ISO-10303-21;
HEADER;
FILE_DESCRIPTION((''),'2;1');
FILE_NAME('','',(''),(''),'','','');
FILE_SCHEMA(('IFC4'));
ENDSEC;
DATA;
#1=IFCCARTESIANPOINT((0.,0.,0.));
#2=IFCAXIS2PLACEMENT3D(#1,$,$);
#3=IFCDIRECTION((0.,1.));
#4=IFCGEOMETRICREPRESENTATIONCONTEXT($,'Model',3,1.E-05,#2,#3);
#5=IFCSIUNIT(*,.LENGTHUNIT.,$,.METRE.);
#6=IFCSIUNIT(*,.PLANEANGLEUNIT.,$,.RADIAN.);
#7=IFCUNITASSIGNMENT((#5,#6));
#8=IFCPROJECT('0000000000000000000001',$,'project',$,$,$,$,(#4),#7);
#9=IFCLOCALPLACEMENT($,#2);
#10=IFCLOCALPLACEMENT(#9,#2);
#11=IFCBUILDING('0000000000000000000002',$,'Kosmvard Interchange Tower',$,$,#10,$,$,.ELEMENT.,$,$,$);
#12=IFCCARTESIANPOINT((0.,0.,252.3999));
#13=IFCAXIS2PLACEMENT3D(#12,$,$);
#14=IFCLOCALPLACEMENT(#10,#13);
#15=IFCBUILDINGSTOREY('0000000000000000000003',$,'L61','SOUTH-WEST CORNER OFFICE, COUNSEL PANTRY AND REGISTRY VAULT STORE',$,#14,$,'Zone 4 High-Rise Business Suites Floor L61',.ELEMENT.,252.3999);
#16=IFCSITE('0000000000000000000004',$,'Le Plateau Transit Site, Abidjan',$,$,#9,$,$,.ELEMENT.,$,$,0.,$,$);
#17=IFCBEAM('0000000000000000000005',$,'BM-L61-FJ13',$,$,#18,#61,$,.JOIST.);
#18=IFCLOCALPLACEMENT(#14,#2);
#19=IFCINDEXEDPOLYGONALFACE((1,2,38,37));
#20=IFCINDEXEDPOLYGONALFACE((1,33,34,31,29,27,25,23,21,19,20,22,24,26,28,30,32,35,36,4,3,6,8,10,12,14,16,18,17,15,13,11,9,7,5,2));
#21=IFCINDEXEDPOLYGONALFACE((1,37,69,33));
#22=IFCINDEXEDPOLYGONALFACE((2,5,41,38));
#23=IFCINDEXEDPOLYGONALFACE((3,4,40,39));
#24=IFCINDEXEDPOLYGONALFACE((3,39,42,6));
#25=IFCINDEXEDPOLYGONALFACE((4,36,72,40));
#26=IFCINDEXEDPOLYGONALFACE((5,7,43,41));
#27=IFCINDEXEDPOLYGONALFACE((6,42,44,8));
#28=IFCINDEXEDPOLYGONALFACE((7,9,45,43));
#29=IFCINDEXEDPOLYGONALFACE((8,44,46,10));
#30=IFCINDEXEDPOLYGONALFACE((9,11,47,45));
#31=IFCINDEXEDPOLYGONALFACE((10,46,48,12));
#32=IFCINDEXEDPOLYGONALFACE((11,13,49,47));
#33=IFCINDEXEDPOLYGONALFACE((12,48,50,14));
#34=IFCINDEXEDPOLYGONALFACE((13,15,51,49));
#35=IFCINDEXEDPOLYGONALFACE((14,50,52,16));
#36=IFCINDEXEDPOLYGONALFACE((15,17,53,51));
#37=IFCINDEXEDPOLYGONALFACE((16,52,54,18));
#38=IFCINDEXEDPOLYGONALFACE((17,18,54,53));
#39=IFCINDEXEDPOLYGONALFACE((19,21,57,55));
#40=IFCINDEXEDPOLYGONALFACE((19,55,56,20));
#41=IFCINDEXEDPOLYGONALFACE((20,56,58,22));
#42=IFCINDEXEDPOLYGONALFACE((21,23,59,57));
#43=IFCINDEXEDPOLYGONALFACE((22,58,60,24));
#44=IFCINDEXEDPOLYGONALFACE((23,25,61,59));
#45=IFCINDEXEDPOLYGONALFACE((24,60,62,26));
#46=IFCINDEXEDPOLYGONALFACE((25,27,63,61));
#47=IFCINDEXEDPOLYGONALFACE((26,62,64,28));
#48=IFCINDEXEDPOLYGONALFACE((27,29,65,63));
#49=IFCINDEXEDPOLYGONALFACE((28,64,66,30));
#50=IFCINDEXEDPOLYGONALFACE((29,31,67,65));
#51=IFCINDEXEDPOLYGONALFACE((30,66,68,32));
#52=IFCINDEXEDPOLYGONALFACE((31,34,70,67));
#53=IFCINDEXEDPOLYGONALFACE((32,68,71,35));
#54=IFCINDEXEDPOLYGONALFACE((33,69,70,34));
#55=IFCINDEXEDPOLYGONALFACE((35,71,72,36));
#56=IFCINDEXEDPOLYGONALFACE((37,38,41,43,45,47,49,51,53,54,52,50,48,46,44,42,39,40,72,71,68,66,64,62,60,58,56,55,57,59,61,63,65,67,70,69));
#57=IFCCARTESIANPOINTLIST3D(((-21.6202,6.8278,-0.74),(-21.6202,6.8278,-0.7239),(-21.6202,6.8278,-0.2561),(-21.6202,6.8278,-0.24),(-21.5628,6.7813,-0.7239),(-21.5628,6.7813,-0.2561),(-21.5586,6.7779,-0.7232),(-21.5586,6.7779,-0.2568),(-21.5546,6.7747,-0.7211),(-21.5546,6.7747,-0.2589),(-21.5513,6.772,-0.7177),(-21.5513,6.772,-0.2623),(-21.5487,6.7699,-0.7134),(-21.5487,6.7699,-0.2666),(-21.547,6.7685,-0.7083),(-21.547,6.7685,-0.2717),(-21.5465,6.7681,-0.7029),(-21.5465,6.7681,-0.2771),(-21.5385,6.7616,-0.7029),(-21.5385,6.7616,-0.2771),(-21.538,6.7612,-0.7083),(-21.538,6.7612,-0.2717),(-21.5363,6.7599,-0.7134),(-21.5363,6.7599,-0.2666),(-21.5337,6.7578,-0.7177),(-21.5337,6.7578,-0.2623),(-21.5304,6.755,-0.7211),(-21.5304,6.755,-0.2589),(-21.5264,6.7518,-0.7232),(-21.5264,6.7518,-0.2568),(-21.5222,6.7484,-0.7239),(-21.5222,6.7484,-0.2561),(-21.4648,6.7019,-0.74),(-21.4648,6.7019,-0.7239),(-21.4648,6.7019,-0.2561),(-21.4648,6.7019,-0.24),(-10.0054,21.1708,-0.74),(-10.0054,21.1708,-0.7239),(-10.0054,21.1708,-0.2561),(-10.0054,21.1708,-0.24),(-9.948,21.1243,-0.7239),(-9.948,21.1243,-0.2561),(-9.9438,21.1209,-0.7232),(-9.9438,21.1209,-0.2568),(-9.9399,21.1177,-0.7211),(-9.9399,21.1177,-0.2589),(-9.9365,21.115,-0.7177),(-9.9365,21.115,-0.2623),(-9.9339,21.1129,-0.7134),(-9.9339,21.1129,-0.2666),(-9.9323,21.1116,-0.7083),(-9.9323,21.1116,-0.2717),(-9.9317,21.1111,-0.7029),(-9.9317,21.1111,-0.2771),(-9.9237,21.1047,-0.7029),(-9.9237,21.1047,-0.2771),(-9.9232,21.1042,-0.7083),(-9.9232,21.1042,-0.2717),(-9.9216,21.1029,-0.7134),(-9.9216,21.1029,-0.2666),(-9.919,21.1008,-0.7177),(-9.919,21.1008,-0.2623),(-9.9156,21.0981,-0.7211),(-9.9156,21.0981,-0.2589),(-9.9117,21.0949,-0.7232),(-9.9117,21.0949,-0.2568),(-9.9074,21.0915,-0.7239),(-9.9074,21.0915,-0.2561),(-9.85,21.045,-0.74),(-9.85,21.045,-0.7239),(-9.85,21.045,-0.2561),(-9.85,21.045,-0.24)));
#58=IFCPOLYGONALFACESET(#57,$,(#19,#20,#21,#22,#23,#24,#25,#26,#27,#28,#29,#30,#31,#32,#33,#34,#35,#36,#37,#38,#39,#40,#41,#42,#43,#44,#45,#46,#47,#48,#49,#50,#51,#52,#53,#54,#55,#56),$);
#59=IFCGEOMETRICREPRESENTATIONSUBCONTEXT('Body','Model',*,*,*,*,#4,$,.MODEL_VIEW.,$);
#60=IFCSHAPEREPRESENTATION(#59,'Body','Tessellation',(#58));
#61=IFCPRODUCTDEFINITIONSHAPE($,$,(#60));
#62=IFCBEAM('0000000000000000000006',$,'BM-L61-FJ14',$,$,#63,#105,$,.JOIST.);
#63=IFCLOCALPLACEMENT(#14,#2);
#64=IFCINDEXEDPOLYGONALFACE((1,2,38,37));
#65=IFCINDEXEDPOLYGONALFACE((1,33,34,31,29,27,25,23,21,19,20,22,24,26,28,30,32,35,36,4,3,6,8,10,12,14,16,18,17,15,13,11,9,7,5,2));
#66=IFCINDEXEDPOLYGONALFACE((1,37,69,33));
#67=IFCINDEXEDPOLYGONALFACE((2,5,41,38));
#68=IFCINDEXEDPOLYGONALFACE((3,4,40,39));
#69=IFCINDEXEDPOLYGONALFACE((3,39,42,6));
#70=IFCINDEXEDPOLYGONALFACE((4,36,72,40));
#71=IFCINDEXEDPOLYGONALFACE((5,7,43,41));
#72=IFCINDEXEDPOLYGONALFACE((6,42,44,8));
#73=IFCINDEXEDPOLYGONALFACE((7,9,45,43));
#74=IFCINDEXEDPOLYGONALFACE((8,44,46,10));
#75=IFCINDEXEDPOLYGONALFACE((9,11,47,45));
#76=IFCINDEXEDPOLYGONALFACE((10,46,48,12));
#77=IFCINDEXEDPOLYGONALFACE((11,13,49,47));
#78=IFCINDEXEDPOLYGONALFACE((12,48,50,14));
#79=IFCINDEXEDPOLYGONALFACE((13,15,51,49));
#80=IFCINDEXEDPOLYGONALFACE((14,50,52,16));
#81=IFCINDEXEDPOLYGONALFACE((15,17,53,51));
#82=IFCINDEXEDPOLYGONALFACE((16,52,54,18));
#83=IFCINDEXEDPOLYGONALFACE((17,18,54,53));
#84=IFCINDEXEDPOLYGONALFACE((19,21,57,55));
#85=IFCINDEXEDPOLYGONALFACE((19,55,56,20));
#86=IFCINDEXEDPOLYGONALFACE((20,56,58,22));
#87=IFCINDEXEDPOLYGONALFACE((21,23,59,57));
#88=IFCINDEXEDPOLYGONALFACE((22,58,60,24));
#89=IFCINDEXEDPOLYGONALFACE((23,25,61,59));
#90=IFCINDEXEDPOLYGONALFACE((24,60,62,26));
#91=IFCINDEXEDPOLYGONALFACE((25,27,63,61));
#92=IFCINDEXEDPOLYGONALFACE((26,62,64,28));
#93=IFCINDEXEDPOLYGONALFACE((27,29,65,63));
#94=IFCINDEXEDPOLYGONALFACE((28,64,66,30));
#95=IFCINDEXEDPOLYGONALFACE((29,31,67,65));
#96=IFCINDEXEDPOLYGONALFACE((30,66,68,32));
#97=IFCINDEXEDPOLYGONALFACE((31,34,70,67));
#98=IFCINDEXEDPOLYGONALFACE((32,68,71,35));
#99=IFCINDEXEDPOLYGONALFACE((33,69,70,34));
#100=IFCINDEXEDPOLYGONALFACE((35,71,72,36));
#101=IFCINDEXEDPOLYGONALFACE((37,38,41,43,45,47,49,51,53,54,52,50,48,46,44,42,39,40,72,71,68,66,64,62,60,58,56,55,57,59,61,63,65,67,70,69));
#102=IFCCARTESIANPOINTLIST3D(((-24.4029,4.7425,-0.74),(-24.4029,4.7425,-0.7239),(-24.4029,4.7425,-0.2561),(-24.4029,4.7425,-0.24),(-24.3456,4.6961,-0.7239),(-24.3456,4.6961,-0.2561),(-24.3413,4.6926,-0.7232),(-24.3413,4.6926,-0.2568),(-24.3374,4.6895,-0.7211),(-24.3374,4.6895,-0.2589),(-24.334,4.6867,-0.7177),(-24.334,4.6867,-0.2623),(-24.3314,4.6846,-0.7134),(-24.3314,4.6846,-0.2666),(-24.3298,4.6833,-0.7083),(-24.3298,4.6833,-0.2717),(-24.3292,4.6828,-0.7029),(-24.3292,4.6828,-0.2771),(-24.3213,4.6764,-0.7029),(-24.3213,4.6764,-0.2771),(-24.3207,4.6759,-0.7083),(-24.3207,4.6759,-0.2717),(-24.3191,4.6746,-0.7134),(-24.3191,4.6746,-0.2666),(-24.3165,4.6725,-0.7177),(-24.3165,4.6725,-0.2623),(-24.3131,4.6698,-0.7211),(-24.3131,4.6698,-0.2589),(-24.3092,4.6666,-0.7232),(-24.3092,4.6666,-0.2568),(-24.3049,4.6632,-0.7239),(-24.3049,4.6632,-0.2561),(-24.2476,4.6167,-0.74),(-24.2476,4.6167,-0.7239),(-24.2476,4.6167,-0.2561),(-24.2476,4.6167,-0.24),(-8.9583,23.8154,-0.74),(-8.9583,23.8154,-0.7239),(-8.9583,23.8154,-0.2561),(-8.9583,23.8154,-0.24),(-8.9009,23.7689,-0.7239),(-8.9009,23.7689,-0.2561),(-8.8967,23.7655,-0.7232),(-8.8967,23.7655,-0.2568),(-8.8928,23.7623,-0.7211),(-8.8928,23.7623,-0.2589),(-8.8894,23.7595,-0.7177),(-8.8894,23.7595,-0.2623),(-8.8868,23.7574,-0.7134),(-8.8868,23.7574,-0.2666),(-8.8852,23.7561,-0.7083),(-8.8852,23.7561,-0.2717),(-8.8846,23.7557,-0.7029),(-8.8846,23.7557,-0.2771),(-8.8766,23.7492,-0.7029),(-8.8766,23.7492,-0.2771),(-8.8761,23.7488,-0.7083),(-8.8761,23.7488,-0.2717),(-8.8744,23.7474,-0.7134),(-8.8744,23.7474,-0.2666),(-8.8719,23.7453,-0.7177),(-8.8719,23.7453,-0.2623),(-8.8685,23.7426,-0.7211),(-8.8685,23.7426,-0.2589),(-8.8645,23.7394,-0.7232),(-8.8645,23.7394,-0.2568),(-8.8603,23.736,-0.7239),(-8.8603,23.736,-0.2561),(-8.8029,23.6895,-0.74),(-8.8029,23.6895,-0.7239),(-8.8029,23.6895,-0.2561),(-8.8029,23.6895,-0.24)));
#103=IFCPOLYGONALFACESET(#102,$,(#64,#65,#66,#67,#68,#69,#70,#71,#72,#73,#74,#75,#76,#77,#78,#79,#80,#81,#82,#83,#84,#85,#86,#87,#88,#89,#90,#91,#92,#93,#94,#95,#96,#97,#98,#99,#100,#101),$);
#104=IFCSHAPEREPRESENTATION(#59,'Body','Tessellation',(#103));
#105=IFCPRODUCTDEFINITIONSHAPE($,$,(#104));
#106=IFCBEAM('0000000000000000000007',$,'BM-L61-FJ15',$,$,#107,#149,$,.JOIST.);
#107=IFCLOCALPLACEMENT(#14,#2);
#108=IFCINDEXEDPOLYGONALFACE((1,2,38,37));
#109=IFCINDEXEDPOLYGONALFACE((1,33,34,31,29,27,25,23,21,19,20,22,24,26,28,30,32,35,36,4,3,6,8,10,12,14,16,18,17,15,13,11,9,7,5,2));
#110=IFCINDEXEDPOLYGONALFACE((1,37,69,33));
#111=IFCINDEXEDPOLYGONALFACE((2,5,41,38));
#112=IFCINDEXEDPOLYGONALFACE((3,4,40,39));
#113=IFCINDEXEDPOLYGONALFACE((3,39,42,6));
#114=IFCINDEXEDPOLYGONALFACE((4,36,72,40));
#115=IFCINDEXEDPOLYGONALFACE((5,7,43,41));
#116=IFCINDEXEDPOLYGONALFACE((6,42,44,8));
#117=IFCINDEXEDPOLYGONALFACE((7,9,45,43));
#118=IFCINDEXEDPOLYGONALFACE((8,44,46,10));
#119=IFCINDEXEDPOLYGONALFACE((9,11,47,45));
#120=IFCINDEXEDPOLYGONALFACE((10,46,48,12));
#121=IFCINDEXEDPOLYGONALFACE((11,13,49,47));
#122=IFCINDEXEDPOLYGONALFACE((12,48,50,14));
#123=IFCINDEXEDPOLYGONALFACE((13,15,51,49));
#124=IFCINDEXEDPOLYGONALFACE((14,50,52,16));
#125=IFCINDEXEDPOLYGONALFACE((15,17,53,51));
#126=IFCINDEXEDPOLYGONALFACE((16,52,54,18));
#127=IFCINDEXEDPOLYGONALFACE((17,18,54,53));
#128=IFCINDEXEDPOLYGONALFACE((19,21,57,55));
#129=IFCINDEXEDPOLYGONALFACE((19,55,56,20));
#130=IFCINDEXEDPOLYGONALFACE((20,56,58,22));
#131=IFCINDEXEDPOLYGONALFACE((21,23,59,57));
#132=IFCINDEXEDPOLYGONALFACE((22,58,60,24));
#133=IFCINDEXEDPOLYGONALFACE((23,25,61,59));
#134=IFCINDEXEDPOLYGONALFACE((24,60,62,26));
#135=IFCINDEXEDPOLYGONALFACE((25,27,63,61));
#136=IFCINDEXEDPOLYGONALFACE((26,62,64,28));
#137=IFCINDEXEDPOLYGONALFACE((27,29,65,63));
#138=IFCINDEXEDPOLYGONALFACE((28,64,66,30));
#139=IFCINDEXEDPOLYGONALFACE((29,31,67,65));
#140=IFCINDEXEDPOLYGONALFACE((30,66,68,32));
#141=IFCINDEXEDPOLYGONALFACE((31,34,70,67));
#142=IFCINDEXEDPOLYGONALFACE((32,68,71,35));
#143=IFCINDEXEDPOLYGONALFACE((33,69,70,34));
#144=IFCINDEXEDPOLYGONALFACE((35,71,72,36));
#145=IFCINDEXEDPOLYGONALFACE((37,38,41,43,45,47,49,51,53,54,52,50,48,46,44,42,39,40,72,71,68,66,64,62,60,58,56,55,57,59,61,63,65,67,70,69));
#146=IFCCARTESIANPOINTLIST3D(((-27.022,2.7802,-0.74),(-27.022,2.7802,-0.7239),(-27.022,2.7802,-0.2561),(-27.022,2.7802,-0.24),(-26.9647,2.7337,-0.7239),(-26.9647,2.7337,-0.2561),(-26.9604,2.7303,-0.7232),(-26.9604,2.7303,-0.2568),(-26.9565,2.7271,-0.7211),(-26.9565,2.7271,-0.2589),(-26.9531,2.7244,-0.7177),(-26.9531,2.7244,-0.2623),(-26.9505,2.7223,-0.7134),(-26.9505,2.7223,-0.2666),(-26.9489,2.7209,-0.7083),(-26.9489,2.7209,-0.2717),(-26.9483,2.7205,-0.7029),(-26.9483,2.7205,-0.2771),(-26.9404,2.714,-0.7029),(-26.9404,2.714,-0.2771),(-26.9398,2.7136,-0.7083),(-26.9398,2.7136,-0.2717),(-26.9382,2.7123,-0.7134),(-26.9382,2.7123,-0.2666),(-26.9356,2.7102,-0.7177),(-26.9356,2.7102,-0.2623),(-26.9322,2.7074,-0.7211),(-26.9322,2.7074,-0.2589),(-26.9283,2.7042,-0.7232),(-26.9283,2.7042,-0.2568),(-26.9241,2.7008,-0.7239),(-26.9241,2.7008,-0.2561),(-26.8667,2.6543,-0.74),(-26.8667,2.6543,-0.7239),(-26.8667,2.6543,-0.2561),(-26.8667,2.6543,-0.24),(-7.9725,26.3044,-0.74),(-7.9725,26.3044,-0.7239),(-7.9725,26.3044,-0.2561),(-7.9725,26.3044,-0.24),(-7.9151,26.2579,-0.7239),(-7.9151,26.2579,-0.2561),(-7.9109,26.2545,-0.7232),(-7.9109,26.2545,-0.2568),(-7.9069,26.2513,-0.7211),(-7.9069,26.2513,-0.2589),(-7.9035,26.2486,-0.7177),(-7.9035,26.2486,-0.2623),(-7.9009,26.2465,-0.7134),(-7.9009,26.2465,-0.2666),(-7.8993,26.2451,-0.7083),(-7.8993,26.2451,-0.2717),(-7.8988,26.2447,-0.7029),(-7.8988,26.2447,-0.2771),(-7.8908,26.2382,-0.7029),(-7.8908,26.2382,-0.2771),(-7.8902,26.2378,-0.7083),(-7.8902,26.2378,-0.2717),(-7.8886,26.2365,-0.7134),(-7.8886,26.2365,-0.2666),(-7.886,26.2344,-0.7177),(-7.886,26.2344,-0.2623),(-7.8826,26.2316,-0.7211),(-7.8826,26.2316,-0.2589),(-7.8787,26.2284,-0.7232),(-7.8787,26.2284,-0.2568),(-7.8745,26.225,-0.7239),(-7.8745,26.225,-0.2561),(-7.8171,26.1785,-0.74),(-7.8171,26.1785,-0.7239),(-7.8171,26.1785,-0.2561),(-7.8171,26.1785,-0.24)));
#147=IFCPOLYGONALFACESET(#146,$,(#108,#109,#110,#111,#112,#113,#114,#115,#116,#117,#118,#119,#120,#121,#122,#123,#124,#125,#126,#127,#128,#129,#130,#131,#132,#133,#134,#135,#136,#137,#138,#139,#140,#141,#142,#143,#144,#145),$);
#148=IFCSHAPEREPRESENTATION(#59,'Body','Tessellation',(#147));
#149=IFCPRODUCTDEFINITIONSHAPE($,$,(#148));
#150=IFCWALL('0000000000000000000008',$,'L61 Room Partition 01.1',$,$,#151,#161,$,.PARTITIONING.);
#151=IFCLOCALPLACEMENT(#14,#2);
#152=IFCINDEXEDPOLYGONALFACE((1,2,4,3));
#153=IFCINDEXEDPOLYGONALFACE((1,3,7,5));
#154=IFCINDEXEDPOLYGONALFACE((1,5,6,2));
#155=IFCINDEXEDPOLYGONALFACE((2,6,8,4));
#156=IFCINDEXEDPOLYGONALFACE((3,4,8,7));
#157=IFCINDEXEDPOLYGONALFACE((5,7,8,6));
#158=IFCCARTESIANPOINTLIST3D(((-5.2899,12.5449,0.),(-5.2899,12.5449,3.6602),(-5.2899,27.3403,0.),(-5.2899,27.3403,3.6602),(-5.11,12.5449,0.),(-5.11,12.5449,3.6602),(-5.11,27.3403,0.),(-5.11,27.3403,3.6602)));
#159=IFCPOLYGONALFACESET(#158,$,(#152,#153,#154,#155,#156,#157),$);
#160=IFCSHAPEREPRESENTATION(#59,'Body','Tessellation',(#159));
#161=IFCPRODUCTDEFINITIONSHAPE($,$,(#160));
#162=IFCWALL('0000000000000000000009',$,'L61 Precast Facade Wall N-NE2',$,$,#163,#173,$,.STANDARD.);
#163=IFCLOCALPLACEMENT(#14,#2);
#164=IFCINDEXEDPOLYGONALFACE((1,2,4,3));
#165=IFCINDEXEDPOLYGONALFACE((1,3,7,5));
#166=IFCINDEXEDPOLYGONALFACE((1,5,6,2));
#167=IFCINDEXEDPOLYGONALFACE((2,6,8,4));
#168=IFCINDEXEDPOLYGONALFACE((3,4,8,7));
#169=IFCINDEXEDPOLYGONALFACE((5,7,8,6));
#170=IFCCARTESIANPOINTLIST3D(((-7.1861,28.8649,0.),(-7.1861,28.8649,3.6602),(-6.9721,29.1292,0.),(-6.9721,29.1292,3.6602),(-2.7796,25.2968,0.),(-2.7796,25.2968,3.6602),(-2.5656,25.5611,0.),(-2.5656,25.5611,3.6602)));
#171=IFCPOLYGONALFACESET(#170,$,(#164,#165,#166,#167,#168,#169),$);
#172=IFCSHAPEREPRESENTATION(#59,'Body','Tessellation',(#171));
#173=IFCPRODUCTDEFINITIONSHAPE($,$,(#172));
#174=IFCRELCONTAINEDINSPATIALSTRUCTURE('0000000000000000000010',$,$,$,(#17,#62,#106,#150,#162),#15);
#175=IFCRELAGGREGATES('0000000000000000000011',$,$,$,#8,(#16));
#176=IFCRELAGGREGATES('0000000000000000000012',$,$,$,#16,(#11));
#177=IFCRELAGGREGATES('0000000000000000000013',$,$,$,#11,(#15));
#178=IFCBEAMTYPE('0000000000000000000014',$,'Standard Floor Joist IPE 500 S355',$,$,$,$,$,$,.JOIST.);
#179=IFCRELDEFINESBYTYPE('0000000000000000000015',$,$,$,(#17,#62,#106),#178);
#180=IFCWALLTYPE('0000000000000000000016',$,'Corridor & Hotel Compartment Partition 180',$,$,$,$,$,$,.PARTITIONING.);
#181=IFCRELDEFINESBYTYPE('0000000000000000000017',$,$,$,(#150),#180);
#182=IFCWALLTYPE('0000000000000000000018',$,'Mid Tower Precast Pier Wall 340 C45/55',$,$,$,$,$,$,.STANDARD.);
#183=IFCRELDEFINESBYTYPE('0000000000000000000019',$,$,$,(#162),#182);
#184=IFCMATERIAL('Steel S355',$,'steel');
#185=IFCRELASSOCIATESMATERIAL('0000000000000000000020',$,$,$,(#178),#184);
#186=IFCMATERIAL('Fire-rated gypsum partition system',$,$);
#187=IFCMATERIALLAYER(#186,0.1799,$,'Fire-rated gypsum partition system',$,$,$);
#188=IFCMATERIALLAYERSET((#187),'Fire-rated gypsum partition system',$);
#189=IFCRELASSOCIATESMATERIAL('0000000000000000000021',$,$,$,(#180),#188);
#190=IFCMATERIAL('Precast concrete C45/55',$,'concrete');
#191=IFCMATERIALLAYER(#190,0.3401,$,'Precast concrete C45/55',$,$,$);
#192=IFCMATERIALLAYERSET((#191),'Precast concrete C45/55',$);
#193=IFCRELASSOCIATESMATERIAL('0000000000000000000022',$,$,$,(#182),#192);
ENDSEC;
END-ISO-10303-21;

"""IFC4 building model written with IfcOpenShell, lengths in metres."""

from ifc_helpers import new_model, si_unit, direction, frame, frame_2d, origin, origin_2d, place, context, subcontext, project, spatial, rectangle, i_section, extrude, source, transform, mapped, material, layer, layer_set, material_profile, profile_set, type_object, element, save


model = new_model("IFC4")

# Units and contexts
model_context = context("Model", 3, precision=1e-05, world=origin(), true_north=direction((0.0, 1.0)))
body_context = subcontext(model_context, "Body", "Model", "MODEL_VIEW")
ifc_project = project(units=[si_unit("LENGTHUNIT", "METRE"), si_unit("PLANEANGLEUNIT", "RADIAN")], contexts=[model_context])

# Site, building, storey
site_placement = place(None, origin())
site = spatial("IfcSite", under=ifc_project, at=site_placement, Name="Le Plateau Transit Site, Abidjan", CompositionType="ELEMENT", RefElevation=0.0)
building_placement = place(site_placement, origin())
building = spatial("IfcBuilding", under=site, at=building_placement, Name="Kosmvard Interchange Tower", CompositionType="ELEMENT")
storey_placement = place(building_placement, frame((0.0, 0.0, 252.3999)))
storey = spatial("IfcBuildingStorey", under=building, at=storey_placement, Name="L61", Description="SOUTH-WEST CORNER OFFICE, COUNSEL PANTRY AND REGISTRY VAULT STORE", LongName="Zone 4 High-Rise Business Suites Floor L61", CompositionType="ELEMENT", Elevation=252.3999)

# Beams
ifc_material_1 = material(Name="Steel S355", Category="steel")
ifc_material_profile_1 = material_profile(ifc_material_1, i_section(OverallWidth=0.2, OverallDepth=0.5, WebThickness=0.0103, FlangeThickness=0.0161, FilletRadius=0.021, at=origin_2d()), Name="IPE 500")
ifc_profile_set_1 = profile_set([ifc_material_profile_1], Name="Steel S355")
beam_type_1 = type_object("IfcBeamType", Name="Standard Floor Joist IPE 500 S355", PredefinedType="JOIST", material=ifc_profile_set_1)
shared_shape_1 = source(origin(), body_context, "Body", "SweptSolid", [
    extrude(i_section(OverallWidth=0.2, OverallDepth=0.5, WebThickness=0.0103, FlangeThickness=0.0161, FilletRadius=0.021, at=origin_2d()), origin(), (0.0, 0.0, 1.0), 18.4561),
])
beam_1_placement = place(storey_placement, frame((-9.9277, 21.1079, -0.49), z_axis=(-0.62932, -0.777146, 0.0), x_axis=(0.777146, -0.62932, 0.0)))
element("IfcBeam", 1, at=beam_1_placement, inside=storey, type_object=beam_type_1, Name="BM-L61-FJ13", PredefinedType="JOIST", context=body_context, shape_type="MappedRepresentation", body=[
    mapped(shared_shape_1, transform((0.0, 0.0, 0.0), scale=1.0)),
])
shared_shape_2 = source(origin(), body_context, "Body", "SweptSolid", [
    extrude(i_section(OverallWidth=0.2, OverallDepth=0.5, WebThickness=0.0103, FlangeThickness=0.0161, FilletRadius=0.021, at=origin_2d()), origin(), (0.0, 0.0, 1.0), 24.542),
])
beam_2_placement = place(storey_placement, frame((-8.8806, 23.7524, -0.49), z_axis=(-0.629315, -0.777151, 0.0), x_axis=(0.777151, -0.629315, 0.0)))
element("IfcBeam", 2, at=beam_2_placement, inside=storey, type_object=beam_type_1, Name="BM-L61-FJ14", PredefinedType="JOIST", context=body_context, shape_type="MappedRepresentation", body=[
    mapped(shared_shape_2, transform((0.0, 0.0, 0.0), scale=1.0)),
])
shared_shape_3 = source(origin(), body_context, "Body", "SweptSolid", [
    extrude(i_section(OverallWidth=0.2, OverallDepth=0.5, WebThickness=0.0103, FlangeThickness=0.0161, FilletRadius=0.021, at=origin_2d()), origin(), (0.0, 0.0, 1.0), 30.27),
])
beam_3_placement = place(storey_placement, frame((-7.8948, 26.2415, -0.49), z_axis=(-0.629322, -0.777145, 0.0), x_axis=(0.777145, -0.629322, 0.0)))
element("IfcBeam", 3, at=beam_3_placement, inside=storey, type_object=beam_type_1, Name="BM-L61-FJ15", PredefinedType="JOIST", context=body_context, shape_type="MappedRepresentation", body=[
    mapped(shared_shape_3, transform((0.0, 0.0, 0.0), scale=1.0)),
])

# Walls
ifc_material_2 = material(Name="Fire-rated gypsum partition system")
ifc_layer_1 = layer(ifc_material_2, 0.1799, Name="Fire-rated gypsum partition system")
ifc_layer_set_1 = layer_set([ifc_layer_1], Name="Fire-rated gypsum partition system")
wall_type_1 = type_object("IfcWallType", Name="Corridor & Hotel Compartment Partition 180", PredefinedType="PARTITIONING", material=ifc_layer_set_1)
wall_1_placement = place(storey_placement, frame((-5.2, 12.5449, 0.0), z_axis=(0.0, 0.0, 1.0), x_axis=(0.0, 1.0, 0.0)))
element("IfcWall", 4, at=wall_1_placement, inside=storey, type_object=wall_type_1, Name="L61 Room Partition 01.1", PredefinedType="PARTITIONING", context=body_context, shape_type="SweptSolid", body=[
    extrude(rectangle(XDim=14.7954, YDim=0.1799, at=frame_2d((7.3977, 0.0))), origin(), (0.0, 0.0, 1.0), 3.6602),
])
ifc_material_3 = material(Name="Precast concrete C45/55", Category="concrete")
ifc_layer_2 = layer(ifc_material_3, 0.3401, Name="Precast concrete C45/55")
ifc_layer_set_2 = layer_set([ifc_layer_2], Name="Precast concrete C45/55")
wall_type_2 = type_object("IfcWallType", Name="Mid Tower Precast Pier Wall 340 C45/55", PredefinedType="STANDARD", material=ifc_layer_set_2)
wall_2_placement = place(storey_placement, frame((-2.6726, 25.429, 0.0), z_axis=(0.0, 0.0, 1.0), x_axis=(-0.777163, 0.6293, 0.0)))
element("IfcWall", 5, at=wall_2_placement, inside=storey, type_object=wall_type_2, Name="L61 Precast Facade Wall N-NE2", PredefinedType="STANDARD", context=body_context, shape_type="SweptSolid", body=[
    extrude(rectangle(XDim=5.6699, YDim=0.3401, at=frame_2d((2.835, 0.0))), origin(), (0.0, 0.0, 1.0), 3.6602),
])

save(model, "model.ifc")
